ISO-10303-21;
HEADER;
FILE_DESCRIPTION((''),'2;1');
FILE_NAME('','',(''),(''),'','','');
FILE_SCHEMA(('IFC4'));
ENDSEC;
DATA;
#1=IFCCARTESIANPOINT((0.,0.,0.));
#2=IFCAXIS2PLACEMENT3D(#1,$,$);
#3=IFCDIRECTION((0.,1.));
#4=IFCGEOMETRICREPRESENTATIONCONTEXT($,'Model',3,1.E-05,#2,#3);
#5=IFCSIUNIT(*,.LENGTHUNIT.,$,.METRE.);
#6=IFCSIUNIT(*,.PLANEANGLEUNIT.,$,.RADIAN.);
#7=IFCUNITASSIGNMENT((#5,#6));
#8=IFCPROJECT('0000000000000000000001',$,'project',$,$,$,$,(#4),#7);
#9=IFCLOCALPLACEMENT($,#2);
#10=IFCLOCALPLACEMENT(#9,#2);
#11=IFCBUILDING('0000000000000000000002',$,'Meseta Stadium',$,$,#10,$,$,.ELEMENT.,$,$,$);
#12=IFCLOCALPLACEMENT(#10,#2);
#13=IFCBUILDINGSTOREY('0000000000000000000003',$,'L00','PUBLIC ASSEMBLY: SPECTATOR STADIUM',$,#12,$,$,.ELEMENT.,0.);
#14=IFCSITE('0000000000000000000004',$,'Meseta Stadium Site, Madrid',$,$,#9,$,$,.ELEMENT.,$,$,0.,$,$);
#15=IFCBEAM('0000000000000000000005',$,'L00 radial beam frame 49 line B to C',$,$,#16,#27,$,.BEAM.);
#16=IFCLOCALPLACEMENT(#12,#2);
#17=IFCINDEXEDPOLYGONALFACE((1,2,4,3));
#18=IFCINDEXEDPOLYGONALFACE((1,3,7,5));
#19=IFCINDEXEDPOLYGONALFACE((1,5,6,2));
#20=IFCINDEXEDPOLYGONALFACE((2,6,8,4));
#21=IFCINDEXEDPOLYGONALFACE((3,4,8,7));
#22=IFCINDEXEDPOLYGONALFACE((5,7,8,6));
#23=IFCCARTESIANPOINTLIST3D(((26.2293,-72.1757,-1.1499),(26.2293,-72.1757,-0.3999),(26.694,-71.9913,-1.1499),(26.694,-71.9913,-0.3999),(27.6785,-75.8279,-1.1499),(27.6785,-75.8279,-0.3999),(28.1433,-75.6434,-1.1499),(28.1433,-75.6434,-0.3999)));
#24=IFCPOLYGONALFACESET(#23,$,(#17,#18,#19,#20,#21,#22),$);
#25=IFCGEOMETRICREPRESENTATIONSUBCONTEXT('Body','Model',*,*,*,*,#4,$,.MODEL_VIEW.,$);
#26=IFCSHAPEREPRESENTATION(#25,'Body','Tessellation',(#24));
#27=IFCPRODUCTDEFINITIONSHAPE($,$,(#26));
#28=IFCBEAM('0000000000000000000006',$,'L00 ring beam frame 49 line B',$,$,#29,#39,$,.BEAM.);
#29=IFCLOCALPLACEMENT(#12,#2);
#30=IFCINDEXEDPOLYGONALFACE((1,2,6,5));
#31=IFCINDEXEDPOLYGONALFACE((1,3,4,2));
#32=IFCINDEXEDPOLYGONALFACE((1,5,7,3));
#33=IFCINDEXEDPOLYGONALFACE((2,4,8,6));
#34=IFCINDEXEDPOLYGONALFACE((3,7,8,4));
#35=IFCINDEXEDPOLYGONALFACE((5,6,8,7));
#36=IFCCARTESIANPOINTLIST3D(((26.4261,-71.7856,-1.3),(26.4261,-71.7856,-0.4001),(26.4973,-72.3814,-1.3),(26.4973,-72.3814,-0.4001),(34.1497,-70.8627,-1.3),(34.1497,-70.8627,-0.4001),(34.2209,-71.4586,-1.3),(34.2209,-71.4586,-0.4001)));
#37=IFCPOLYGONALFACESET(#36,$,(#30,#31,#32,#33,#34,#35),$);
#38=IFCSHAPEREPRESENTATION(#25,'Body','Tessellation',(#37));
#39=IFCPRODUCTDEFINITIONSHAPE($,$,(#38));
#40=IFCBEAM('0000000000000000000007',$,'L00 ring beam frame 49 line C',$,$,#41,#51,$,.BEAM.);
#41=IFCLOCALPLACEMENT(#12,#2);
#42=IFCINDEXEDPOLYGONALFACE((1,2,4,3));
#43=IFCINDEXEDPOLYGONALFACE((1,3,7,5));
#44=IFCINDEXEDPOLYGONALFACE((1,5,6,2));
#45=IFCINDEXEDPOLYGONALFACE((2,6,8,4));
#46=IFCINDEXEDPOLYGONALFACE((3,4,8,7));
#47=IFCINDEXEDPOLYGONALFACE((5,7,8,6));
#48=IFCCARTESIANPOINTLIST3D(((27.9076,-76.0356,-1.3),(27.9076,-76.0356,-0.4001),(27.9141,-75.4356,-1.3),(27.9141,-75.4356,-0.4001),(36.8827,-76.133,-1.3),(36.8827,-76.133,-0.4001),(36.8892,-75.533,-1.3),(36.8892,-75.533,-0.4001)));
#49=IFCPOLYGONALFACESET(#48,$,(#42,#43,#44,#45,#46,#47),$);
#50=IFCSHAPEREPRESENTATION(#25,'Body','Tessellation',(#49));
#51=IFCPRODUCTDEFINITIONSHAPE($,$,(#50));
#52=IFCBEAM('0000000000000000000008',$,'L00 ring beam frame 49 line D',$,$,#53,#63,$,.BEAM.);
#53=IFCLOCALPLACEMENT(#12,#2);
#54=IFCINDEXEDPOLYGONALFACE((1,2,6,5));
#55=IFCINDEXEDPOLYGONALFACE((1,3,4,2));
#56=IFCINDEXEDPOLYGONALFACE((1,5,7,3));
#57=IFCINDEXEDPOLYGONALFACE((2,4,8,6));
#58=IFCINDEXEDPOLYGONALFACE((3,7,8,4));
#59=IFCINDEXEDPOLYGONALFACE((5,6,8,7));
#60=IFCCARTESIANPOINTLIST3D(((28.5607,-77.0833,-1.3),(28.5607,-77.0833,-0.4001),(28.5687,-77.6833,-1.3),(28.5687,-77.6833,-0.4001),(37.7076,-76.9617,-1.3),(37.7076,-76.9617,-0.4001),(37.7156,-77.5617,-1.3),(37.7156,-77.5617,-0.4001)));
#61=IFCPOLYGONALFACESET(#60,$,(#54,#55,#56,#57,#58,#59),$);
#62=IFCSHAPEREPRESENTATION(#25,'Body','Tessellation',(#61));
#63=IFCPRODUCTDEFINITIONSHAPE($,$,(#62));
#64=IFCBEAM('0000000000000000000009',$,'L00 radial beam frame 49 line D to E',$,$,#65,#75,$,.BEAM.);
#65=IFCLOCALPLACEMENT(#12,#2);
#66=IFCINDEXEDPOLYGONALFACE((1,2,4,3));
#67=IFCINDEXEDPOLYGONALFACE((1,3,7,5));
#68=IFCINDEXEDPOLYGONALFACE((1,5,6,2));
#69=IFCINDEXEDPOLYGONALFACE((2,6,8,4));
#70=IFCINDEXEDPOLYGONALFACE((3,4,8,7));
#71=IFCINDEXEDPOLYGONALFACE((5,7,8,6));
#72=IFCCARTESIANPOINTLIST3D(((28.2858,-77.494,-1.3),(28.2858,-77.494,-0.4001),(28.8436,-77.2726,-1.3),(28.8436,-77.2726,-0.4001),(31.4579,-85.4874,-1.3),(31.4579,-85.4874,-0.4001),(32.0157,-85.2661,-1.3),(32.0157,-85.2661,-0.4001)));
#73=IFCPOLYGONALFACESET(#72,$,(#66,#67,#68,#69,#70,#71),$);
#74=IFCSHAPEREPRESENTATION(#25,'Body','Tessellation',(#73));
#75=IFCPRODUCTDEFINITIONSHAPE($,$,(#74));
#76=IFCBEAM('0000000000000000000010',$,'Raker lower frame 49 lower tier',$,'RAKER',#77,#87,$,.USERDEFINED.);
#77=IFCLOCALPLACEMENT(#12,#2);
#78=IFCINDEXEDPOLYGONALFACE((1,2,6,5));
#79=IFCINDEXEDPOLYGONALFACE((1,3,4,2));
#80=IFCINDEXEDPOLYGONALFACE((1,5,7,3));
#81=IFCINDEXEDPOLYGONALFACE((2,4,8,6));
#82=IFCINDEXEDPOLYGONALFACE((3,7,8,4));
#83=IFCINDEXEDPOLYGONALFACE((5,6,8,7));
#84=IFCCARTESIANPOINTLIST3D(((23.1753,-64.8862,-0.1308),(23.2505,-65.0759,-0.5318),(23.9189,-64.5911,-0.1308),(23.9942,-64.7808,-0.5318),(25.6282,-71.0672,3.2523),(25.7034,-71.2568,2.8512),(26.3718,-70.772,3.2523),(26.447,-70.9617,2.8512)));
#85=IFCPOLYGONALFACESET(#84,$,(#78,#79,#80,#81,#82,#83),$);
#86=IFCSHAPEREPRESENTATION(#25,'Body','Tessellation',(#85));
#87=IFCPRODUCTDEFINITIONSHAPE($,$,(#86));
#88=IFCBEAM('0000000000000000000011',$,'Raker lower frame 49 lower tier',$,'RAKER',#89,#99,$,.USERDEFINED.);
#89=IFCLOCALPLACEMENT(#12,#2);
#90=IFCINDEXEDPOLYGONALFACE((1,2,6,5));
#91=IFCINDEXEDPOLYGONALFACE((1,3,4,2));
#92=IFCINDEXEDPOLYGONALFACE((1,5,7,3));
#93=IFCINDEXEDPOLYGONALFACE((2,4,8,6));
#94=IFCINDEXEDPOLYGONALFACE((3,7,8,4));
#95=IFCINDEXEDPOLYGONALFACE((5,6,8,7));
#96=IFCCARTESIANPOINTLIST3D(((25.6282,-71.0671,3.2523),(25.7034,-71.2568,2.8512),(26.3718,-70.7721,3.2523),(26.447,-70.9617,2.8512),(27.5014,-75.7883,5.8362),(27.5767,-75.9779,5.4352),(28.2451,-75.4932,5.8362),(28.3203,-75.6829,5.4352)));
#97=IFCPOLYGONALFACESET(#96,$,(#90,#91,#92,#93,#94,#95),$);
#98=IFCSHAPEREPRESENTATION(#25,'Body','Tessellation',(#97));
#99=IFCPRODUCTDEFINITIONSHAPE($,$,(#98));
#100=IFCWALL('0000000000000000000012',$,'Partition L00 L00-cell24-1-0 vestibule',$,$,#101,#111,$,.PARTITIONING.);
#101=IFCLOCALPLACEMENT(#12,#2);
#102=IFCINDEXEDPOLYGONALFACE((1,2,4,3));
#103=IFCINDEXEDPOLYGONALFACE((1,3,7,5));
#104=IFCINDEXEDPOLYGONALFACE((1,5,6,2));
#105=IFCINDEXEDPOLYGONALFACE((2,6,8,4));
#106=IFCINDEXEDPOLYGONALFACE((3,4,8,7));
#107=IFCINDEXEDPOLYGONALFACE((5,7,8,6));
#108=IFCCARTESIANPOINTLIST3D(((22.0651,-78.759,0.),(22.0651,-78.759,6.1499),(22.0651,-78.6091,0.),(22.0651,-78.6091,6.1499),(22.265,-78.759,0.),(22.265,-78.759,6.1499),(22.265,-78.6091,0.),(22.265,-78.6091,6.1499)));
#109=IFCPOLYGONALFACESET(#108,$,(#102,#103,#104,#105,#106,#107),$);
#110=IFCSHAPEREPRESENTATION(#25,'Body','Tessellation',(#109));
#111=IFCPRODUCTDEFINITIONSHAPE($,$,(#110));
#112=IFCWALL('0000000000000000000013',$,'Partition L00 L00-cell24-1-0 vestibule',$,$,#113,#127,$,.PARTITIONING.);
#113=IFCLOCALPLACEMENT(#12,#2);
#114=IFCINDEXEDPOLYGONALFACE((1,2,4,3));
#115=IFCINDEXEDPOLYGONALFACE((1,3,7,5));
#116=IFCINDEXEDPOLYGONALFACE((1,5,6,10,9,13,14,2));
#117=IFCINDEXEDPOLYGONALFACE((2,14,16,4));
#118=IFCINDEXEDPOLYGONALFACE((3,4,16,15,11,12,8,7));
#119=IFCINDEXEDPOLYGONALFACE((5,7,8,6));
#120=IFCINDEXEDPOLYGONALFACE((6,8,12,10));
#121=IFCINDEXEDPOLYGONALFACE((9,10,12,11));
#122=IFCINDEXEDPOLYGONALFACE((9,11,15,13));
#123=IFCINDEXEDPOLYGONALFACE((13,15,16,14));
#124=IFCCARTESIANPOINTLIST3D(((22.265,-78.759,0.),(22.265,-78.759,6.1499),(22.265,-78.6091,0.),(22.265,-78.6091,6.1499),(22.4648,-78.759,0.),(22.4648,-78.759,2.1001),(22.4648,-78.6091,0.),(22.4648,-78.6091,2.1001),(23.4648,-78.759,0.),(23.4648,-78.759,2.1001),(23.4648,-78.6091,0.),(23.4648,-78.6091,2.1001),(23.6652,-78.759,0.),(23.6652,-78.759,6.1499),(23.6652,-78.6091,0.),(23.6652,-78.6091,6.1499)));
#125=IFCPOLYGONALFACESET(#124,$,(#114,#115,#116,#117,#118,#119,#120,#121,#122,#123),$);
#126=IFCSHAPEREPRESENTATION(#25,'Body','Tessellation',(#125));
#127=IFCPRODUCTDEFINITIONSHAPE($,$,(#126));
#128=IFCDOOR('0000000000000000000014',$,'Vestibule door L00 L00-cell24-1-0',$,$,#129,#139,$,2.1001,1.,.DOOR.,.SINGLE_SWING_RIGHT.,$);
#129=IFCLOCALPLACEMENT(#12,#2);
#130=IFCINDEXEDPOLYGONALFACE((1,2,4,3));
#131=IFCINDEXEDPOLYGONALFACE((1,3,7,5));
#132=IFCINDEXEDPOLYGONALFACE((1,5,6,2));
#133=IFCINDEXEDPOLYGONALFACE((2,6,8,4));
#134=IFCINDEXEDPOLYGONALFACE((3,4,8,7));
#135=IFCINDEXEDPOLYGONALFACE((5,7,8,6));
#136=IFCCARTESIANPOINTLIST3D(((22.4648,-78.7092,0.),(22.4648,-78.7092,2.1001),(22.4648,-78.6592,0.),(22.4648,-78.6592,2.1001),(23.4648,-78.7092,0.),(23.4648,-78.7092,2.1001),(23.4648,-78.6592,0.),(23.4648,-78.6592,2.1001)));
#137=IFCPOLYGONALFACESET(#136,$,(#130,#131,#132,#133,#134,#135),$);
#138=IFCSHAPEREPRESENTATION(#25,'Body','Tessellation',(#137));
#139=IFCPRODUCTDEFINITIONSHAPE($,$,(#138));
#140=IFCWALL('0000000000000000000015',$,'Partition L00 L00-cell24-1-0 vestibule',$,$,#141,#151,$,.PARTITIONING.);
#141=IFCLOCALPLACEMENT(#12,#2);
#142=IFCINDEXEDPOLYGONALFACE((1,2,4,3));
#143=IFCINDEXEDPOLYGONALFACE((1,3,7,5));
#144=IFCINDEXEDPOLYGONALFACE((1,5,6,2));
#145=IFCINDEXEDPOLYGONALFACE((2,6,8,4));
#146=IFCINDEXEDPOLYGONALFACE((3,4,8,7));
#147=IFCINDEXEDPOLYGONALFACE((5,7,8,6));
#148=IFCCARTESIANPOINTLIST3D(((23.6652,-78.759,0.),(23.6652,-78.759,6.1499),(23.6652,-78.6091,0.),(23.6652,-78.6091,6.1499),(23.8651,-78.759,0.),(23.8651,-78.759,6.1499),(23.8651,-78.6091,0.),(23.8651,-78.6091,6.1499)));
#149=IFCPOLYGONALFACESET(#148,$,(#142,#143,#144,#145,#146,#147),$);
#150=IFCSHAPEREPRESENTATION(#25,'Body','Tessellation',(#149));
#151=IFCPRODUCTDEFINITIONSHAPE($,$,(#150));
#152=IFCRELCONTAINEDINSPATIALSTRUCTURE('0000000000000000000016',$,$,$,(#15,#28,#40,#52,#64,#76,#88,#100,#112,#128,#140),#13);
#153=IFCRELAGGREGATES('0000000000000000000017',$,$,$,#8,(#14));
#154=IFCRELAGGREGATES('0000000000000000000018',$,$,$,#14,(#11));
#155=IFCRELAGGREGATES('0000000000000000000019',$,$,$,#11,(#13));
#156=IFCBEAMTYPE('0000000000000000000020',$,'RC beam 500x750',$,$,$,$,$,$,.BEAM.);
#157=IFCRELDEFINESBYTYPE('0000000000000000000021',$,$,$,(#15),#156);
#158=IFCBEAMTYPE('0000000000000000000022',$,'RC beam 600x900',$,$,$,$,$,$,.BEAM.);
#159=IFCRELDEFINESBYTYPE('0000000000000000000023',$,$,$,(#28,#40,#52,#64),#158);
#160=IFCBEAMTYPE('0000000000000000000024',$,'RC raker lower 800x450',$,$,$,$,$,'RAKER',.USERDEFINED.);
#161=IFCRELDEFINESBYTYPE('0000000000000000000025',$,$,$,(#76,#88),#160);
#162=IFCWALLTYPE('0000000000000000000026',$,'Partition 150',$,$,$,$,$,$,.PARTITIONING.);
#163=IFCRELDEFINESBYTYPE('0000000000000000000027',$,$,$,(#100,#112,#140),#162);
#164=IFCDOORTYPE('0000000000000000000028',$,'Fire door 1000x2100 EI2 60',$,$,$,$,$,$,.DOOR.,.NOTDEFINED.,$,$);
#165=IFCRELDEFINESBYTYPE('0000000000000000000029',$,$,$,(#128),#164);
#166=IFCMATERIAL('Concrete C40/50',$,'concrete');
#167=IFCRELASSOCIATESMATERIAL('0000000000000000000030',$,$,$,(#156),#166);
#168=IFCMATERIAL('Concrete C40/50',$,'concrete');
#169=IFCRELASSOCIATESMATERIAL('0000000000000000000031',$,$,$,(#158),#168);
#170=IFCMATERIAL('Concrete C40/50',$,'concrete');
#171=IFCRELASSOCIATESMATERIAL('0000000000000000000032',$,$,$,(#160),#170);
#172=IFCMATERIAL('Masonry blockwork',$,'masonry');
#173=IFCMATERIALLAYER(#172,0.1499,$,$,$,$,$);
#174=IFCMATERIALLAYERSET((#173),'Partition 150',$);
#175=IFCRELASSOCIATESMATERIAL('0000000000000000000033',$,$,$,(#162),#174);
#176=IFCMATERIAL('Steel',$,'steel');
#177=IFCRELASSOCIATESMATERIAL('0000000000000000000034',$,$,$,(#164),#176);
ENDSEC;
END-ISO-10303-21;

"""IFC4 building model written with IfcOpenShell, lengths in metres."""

from ifc_helpers import new_model, si_unit, direction, frame, frame_2d, origin, origin_2d, place, context, subcontext, project, spatial, rectangle, extrude, material, layer, layer_set, material_profile, profile_set, type_object, element, fill, save


model = new_model("IFC4")

# Units and contexts
model_context = context("Model", 3, precision=1e-05, world=origin(), true_north=direction((0.0, 1.0)))
body_context = subcontext(model_context, "Body", "Model", "MODEL_VIEW")
ifc_project = project(units=[si_unit("LENGTHUNIT", "METRE"), si_unit("PLANEANGLEUNIT", "RADIAN")], contexts=[model_context])

# Site, building, storey
site_placement = place(None, origin())
site = spatial("IfcSite", under=ifc_project, at=site_placement, Name="Meseta Stadium Site, Madrid", CompositionType="ELEMENT", RefElevation=0.0)
building_placement = place(site_placement, origin())
building = spatial("IfcBuilding", under=site, at=building_placement, Name="Meseta Stadium", CompositionType="ELEMENT")
storey_placement = place(building_placement, origin())
storey = spatial("IfcBuildingStorey", under=building, at=storey_placement, Name="L00", Description="PUBLIC ASSEMBLY: SPECTATOR STADIUM", CompositionType="ELEMENT", Elevation=0.0)

# Beams
ifc_material_1 = material(Name="Concrete C40/50", Category="concrete")
ifc_material_profile_1 = material_profile(ifc_material_1, rectangle(XDim=0.5, YDim=0.75, at=origin_2d()), Name="RC 500x750")
ifc_profile_set_1 = profile_set([ifc_material_profile_1], Name="Concrete C40/50")
beam_type_1 = type_object("IfcBeamType", Name="RC beam 500x750", PredefinedType="BEAM", material=ifc_profile_set_1)
beam_1_placement = place(storey_placement, frame((26.4617, -72.0835, -0.7749), z_axis=(0.36884, -0.929493, 0.0), x_axis=(0.929493, 0.36884, 0.0)))
element("IfcBeam", 1, at=beam_1_placement, inside=storey, type_object=beam_type_1, Name="L00 radial beam frame 49 line B to C", PredefinedType="BEAM", context=body_context, shape_type="SweptSolid", body=[
    extrude(rectangle(XDim=0.5, YDim=0.75, at=origin_2d()), origin(), (0.0, 0.0, 1.0), 3.9292),
])
ifc_material_2 = material(Name="Concrete C40/50", Category="concrete")
ifc_material_profile_2 = material_profile(ifc_material_2, rectangle(XDim=0.6001, YDim=0.8999, at=origin_2d()), Name="RC 600x900")
ifc_profile_set_2 = profile_set([ifc_material_profile_2], Name="Concrete C40/50")
beam_type_2 = type_object("IfcBeamType", Name="RC beam 600x900", PredefinedType="BEAM", material=ifc_profile_set_2)
beam_2_placement = place(storey_placement, frame((26.4617, -72.0835, -0.8501), z_axis=(0.992937, 0.11864, 0.0), x_axis=(-0.11864, 0.992937, 0.0)))
element("IfcBeam", 2, at=beam_2_placement, inside=storey, type_object=beam_type_2, Name="L00 ring beam frame 49 line B", PredefinedType="BEAM", context=body_context, shape_type="SweptSolid", body=[
    extrude(rectangle(XDim=0.6001, YDim=0.8999, at=origin_2d()), origin(), (0.0, 0.0, 1.0), 7.7786),
])
beam_3_placement = place(storey_placement, frame((27.9109, -75.7356, -0.8501), z_axis=(0.999941, -0.010853, 0.0), x_axis=(0.010853, 0.999941, 0.0)))
element("IfcBeam", 3, at=beam_3_placement, inside=storey, type_object=beam_type_2, Name="L00 ring beam frame 49 line C", PredefinedType="BEAM", context=body_context, shape_type="SweptSolid", body=[
    extrude(rectangle(XDim=0.6001, YDim=0.8999, at=origin_2d()), origin(), (0.0, 0.0, 1.0), 8.9756),
])
beam_4_placement = place(storey_placement, frame((28.5647, -77.3833, -0.8501), z_axis=(0.999912, 0.013291, 0.0), x_axis=(-0.013291, 0.999912, 0.0)))
element("IfcBeam", 4, at=beam_4_placement, inside=storey, type_object=beam_type_2, Name="L00 ring beam frame 49 line D", PredefinedType="BEAM", context=body_context, shape_type="SweptSolid", body=[
    extrude(rectangle(XDim=0.6001, YDim=0.8999, at=origin_2d()), origin(), (0.0, 0.0, 1.0), 9.1477),
])
beam_5_placement = place(storey_placement, frame((28.5647, -77.3833, -0.8501), z_axis=(0.368859, -0.929485, 0.0), x_axis=(0.929485, 0.368859, 0.0)))
element("IfcBeam", 5, at=beam_5_placement, inside=storey, type_object=beam_type_2, Name="L00 radial beam frame 49 line D to E", PredefinedType="BEAM", context=body_context, shape_type="SweptSolid", body=[
    extrude(rectangle(XDim=0.6001, YDim=0.8999, at=origin_2d()), origin(), (0.0, 0.0, 1.0), 8.5999),
])
ifc_material_3 = material(Name="Concrete C40/50", Category="concrete")
ifc_material_profile_3 = material_profile(ifc_material_3, rectangle(XDim=0.8, YDim=0.45, at=origin_2d()), Name="RC 800x450")
ifc_profile_set_3 = profile_set([ifc_material_profile_3], Name="Concrete C40/50")
beam_type_3 = type_object("IfcBeamType", Name="RC raker lower 800x450", ElementType="RAKER", PredefinedType="USERDEFINED", material=ifc_profile_set_3)
beam_6_placement = place(storey_placement, frame((23.5847, -64.8335, -0.3313), z_axis=(0.328764, -0.828438, 0.453437), x_axis=(0.929484, 0.368864, 0.0)))
element("IfcBeam", 6, at=beam_6_placement, inside=storey, type_object=beam_type_3, Name="Raker lower frame 49 lower tier", ObjectType="RAKER", PredefinedType="USERDEFINED", context=body_context, shape_type="SweptSolid", body=[
    extrude(rectangle(XDim=0.8, YDim=0.45, at=origin_2d()), origin(), (0.0, 0.0, 1.0), 7.4609),
])
beam_7_placement = place(storey_placement, frame((26.0376, -71.0144, 3.0518), z_axis=(0.328719, -0.82846, 0.453429), x_axis=(0.929504, 0.368812, 0.0)))
element("IfcBeam", 7, at=beam_7_placement, inside=storey, type_object=beam_type_3, Name="Raker lower frame 49 lower tier", ObjectType="RAKER", PredefinedType="USERDEFINED", context=body_context, shape_type="SweptSolid", body=[
    extrude(rectangle(XDim=0.8, YDim=0.45, at=origin_2d()), origin(), (0.0, 0.0, 1.0), 5.6987),
])

# Wall
ifc_material_4 = material(Name="Masonry blockwork", Category="masonry")
ifc_layer_1 = layer(ifc_material_4, 0.1499)
ifc_layer_set_1 = layer_set([ifc_layer_1], Name="Partition 150")
wall_type = type_object("IfcWallType", Name="Partition 150", PredefinedType="PARTITIONING", material=ifc_layer_set_1)
wall_1_placement = place(storey_placement, frame((22.0649, -78.6841, 0.0), z_axis=(0.0, 0.0, 1.0), x_axis=(1.0, 0.0, 0.0)))
element("IfcWall", 8, at=wall_1_placement, inside=storey, type_object=wall_type, Name="Partition L00 L00-cell24-1-0 vestibule", PredefinedType="PARTITIONING", context=body_context, shape_type="SweptSolid", body=[
    extrude(rectangle(XDim=0.2, YDim=0.1499, at=frame_2d((0.1001, 0.0))), origin(), (0.0, 0.0, 1.0), 6.1499),
])

# Wall, opening, door
wall_2_placement = place(storey_placement, frame((22.2649, -78.6841, 0.0), z_axis=(0.0, 0.0, 1.0), x_axis=(1.0, 0.0, 0.0)))
wall_2 = element("IfcWall", 9, at=wall_2_placement, inside=storey, type_object=wall_type, Name="Partition L00 L00-cell24-1-0 vestibule", PredefinedType="PARTITIONING", context=body_context, shape_type="SweptSolid", body=[
    extrude(rectangle(XDim=1.4001, YDim=0.1499, at=frame_2d((0.7002, 0.0))), origin(), (0.0, 0.0, 1.0), 6.1499),
])
opening_placement = place(wall_2_placement, frame((0.2, 0.0, 0.0)))
opening = element("IfcOpeningElement", 10, at=opening_placement, cuts=wall_2, PredefinedType="OPENING", context=body_context, shape_type="SweptSolid", body=[
    extrude(rectangle(XDim=1.0, YDim=2.1001, at=frame_2d((0.5, 1.05))), frame((0.0, 0.085, 0.0), z_axis=(0.0, -1.0, 0.0), x_axis=(1.0, 0.0, 0.0)), (0.0, 0.0, 1.0), 0.1699),
])
ifc_material_5 = material(Name="Steel", Category="steel")
door_type = type_object("IfcDoorType", Name="Fire door 1000x2100 EI2 60", OperationType="NOTDEFINED", PredefinedType="DOOR", material=ifc_material_5)
door_placement = place(opening_placement, origin())
door = element("IfcDoor", 11, at=door_placement, inside=storey, type_object=door_type, Name="Vestibule door L00 L00-cell24-1-0", OperationType="SINGLE_SWING_RIGHT", OverallHeight=2.1001, OverallWidth=1.0, PredefinedType="DOOR", context=body_context, shape_type="SweptSolid", body=[
    extrude(rectangle(XDim=1.0, YDim=2.1001, at=frame_2d((0.5, 1.05))), frame((0.0, 0.0249, 0.0), z_axis=(0.0, -1.0, 0.0), x_axis=(1.0, 0.0, 0.0)), (0.0, 0.0, 1.0), 0.05),
])
fill(opening, door)

# Wall
wall_3_placement = place(storey_placement, frame((23.665, -78.6841, 0.0), z_axis=(0.0, 0.0, 1.0), x_axis=(1.0, 0.0, 0.0)))
element("IfcWall", 12, at=wall_3_placement, inside=storey, type_object=wall_type, Name="Partition L00 L00-cell24-1-0 vestibule", PredefinedType="PARTITIONING", context=body_context, shape_type="SweptSolid", body=[
    extrude(rectangle(XDim=0.2, YDim=0.1499, at=frame_2d((0.1001, 0.0))), origin(), (0.0, 0.0, 1.0), 6.1499),
])

save(model, "model.ifc")
